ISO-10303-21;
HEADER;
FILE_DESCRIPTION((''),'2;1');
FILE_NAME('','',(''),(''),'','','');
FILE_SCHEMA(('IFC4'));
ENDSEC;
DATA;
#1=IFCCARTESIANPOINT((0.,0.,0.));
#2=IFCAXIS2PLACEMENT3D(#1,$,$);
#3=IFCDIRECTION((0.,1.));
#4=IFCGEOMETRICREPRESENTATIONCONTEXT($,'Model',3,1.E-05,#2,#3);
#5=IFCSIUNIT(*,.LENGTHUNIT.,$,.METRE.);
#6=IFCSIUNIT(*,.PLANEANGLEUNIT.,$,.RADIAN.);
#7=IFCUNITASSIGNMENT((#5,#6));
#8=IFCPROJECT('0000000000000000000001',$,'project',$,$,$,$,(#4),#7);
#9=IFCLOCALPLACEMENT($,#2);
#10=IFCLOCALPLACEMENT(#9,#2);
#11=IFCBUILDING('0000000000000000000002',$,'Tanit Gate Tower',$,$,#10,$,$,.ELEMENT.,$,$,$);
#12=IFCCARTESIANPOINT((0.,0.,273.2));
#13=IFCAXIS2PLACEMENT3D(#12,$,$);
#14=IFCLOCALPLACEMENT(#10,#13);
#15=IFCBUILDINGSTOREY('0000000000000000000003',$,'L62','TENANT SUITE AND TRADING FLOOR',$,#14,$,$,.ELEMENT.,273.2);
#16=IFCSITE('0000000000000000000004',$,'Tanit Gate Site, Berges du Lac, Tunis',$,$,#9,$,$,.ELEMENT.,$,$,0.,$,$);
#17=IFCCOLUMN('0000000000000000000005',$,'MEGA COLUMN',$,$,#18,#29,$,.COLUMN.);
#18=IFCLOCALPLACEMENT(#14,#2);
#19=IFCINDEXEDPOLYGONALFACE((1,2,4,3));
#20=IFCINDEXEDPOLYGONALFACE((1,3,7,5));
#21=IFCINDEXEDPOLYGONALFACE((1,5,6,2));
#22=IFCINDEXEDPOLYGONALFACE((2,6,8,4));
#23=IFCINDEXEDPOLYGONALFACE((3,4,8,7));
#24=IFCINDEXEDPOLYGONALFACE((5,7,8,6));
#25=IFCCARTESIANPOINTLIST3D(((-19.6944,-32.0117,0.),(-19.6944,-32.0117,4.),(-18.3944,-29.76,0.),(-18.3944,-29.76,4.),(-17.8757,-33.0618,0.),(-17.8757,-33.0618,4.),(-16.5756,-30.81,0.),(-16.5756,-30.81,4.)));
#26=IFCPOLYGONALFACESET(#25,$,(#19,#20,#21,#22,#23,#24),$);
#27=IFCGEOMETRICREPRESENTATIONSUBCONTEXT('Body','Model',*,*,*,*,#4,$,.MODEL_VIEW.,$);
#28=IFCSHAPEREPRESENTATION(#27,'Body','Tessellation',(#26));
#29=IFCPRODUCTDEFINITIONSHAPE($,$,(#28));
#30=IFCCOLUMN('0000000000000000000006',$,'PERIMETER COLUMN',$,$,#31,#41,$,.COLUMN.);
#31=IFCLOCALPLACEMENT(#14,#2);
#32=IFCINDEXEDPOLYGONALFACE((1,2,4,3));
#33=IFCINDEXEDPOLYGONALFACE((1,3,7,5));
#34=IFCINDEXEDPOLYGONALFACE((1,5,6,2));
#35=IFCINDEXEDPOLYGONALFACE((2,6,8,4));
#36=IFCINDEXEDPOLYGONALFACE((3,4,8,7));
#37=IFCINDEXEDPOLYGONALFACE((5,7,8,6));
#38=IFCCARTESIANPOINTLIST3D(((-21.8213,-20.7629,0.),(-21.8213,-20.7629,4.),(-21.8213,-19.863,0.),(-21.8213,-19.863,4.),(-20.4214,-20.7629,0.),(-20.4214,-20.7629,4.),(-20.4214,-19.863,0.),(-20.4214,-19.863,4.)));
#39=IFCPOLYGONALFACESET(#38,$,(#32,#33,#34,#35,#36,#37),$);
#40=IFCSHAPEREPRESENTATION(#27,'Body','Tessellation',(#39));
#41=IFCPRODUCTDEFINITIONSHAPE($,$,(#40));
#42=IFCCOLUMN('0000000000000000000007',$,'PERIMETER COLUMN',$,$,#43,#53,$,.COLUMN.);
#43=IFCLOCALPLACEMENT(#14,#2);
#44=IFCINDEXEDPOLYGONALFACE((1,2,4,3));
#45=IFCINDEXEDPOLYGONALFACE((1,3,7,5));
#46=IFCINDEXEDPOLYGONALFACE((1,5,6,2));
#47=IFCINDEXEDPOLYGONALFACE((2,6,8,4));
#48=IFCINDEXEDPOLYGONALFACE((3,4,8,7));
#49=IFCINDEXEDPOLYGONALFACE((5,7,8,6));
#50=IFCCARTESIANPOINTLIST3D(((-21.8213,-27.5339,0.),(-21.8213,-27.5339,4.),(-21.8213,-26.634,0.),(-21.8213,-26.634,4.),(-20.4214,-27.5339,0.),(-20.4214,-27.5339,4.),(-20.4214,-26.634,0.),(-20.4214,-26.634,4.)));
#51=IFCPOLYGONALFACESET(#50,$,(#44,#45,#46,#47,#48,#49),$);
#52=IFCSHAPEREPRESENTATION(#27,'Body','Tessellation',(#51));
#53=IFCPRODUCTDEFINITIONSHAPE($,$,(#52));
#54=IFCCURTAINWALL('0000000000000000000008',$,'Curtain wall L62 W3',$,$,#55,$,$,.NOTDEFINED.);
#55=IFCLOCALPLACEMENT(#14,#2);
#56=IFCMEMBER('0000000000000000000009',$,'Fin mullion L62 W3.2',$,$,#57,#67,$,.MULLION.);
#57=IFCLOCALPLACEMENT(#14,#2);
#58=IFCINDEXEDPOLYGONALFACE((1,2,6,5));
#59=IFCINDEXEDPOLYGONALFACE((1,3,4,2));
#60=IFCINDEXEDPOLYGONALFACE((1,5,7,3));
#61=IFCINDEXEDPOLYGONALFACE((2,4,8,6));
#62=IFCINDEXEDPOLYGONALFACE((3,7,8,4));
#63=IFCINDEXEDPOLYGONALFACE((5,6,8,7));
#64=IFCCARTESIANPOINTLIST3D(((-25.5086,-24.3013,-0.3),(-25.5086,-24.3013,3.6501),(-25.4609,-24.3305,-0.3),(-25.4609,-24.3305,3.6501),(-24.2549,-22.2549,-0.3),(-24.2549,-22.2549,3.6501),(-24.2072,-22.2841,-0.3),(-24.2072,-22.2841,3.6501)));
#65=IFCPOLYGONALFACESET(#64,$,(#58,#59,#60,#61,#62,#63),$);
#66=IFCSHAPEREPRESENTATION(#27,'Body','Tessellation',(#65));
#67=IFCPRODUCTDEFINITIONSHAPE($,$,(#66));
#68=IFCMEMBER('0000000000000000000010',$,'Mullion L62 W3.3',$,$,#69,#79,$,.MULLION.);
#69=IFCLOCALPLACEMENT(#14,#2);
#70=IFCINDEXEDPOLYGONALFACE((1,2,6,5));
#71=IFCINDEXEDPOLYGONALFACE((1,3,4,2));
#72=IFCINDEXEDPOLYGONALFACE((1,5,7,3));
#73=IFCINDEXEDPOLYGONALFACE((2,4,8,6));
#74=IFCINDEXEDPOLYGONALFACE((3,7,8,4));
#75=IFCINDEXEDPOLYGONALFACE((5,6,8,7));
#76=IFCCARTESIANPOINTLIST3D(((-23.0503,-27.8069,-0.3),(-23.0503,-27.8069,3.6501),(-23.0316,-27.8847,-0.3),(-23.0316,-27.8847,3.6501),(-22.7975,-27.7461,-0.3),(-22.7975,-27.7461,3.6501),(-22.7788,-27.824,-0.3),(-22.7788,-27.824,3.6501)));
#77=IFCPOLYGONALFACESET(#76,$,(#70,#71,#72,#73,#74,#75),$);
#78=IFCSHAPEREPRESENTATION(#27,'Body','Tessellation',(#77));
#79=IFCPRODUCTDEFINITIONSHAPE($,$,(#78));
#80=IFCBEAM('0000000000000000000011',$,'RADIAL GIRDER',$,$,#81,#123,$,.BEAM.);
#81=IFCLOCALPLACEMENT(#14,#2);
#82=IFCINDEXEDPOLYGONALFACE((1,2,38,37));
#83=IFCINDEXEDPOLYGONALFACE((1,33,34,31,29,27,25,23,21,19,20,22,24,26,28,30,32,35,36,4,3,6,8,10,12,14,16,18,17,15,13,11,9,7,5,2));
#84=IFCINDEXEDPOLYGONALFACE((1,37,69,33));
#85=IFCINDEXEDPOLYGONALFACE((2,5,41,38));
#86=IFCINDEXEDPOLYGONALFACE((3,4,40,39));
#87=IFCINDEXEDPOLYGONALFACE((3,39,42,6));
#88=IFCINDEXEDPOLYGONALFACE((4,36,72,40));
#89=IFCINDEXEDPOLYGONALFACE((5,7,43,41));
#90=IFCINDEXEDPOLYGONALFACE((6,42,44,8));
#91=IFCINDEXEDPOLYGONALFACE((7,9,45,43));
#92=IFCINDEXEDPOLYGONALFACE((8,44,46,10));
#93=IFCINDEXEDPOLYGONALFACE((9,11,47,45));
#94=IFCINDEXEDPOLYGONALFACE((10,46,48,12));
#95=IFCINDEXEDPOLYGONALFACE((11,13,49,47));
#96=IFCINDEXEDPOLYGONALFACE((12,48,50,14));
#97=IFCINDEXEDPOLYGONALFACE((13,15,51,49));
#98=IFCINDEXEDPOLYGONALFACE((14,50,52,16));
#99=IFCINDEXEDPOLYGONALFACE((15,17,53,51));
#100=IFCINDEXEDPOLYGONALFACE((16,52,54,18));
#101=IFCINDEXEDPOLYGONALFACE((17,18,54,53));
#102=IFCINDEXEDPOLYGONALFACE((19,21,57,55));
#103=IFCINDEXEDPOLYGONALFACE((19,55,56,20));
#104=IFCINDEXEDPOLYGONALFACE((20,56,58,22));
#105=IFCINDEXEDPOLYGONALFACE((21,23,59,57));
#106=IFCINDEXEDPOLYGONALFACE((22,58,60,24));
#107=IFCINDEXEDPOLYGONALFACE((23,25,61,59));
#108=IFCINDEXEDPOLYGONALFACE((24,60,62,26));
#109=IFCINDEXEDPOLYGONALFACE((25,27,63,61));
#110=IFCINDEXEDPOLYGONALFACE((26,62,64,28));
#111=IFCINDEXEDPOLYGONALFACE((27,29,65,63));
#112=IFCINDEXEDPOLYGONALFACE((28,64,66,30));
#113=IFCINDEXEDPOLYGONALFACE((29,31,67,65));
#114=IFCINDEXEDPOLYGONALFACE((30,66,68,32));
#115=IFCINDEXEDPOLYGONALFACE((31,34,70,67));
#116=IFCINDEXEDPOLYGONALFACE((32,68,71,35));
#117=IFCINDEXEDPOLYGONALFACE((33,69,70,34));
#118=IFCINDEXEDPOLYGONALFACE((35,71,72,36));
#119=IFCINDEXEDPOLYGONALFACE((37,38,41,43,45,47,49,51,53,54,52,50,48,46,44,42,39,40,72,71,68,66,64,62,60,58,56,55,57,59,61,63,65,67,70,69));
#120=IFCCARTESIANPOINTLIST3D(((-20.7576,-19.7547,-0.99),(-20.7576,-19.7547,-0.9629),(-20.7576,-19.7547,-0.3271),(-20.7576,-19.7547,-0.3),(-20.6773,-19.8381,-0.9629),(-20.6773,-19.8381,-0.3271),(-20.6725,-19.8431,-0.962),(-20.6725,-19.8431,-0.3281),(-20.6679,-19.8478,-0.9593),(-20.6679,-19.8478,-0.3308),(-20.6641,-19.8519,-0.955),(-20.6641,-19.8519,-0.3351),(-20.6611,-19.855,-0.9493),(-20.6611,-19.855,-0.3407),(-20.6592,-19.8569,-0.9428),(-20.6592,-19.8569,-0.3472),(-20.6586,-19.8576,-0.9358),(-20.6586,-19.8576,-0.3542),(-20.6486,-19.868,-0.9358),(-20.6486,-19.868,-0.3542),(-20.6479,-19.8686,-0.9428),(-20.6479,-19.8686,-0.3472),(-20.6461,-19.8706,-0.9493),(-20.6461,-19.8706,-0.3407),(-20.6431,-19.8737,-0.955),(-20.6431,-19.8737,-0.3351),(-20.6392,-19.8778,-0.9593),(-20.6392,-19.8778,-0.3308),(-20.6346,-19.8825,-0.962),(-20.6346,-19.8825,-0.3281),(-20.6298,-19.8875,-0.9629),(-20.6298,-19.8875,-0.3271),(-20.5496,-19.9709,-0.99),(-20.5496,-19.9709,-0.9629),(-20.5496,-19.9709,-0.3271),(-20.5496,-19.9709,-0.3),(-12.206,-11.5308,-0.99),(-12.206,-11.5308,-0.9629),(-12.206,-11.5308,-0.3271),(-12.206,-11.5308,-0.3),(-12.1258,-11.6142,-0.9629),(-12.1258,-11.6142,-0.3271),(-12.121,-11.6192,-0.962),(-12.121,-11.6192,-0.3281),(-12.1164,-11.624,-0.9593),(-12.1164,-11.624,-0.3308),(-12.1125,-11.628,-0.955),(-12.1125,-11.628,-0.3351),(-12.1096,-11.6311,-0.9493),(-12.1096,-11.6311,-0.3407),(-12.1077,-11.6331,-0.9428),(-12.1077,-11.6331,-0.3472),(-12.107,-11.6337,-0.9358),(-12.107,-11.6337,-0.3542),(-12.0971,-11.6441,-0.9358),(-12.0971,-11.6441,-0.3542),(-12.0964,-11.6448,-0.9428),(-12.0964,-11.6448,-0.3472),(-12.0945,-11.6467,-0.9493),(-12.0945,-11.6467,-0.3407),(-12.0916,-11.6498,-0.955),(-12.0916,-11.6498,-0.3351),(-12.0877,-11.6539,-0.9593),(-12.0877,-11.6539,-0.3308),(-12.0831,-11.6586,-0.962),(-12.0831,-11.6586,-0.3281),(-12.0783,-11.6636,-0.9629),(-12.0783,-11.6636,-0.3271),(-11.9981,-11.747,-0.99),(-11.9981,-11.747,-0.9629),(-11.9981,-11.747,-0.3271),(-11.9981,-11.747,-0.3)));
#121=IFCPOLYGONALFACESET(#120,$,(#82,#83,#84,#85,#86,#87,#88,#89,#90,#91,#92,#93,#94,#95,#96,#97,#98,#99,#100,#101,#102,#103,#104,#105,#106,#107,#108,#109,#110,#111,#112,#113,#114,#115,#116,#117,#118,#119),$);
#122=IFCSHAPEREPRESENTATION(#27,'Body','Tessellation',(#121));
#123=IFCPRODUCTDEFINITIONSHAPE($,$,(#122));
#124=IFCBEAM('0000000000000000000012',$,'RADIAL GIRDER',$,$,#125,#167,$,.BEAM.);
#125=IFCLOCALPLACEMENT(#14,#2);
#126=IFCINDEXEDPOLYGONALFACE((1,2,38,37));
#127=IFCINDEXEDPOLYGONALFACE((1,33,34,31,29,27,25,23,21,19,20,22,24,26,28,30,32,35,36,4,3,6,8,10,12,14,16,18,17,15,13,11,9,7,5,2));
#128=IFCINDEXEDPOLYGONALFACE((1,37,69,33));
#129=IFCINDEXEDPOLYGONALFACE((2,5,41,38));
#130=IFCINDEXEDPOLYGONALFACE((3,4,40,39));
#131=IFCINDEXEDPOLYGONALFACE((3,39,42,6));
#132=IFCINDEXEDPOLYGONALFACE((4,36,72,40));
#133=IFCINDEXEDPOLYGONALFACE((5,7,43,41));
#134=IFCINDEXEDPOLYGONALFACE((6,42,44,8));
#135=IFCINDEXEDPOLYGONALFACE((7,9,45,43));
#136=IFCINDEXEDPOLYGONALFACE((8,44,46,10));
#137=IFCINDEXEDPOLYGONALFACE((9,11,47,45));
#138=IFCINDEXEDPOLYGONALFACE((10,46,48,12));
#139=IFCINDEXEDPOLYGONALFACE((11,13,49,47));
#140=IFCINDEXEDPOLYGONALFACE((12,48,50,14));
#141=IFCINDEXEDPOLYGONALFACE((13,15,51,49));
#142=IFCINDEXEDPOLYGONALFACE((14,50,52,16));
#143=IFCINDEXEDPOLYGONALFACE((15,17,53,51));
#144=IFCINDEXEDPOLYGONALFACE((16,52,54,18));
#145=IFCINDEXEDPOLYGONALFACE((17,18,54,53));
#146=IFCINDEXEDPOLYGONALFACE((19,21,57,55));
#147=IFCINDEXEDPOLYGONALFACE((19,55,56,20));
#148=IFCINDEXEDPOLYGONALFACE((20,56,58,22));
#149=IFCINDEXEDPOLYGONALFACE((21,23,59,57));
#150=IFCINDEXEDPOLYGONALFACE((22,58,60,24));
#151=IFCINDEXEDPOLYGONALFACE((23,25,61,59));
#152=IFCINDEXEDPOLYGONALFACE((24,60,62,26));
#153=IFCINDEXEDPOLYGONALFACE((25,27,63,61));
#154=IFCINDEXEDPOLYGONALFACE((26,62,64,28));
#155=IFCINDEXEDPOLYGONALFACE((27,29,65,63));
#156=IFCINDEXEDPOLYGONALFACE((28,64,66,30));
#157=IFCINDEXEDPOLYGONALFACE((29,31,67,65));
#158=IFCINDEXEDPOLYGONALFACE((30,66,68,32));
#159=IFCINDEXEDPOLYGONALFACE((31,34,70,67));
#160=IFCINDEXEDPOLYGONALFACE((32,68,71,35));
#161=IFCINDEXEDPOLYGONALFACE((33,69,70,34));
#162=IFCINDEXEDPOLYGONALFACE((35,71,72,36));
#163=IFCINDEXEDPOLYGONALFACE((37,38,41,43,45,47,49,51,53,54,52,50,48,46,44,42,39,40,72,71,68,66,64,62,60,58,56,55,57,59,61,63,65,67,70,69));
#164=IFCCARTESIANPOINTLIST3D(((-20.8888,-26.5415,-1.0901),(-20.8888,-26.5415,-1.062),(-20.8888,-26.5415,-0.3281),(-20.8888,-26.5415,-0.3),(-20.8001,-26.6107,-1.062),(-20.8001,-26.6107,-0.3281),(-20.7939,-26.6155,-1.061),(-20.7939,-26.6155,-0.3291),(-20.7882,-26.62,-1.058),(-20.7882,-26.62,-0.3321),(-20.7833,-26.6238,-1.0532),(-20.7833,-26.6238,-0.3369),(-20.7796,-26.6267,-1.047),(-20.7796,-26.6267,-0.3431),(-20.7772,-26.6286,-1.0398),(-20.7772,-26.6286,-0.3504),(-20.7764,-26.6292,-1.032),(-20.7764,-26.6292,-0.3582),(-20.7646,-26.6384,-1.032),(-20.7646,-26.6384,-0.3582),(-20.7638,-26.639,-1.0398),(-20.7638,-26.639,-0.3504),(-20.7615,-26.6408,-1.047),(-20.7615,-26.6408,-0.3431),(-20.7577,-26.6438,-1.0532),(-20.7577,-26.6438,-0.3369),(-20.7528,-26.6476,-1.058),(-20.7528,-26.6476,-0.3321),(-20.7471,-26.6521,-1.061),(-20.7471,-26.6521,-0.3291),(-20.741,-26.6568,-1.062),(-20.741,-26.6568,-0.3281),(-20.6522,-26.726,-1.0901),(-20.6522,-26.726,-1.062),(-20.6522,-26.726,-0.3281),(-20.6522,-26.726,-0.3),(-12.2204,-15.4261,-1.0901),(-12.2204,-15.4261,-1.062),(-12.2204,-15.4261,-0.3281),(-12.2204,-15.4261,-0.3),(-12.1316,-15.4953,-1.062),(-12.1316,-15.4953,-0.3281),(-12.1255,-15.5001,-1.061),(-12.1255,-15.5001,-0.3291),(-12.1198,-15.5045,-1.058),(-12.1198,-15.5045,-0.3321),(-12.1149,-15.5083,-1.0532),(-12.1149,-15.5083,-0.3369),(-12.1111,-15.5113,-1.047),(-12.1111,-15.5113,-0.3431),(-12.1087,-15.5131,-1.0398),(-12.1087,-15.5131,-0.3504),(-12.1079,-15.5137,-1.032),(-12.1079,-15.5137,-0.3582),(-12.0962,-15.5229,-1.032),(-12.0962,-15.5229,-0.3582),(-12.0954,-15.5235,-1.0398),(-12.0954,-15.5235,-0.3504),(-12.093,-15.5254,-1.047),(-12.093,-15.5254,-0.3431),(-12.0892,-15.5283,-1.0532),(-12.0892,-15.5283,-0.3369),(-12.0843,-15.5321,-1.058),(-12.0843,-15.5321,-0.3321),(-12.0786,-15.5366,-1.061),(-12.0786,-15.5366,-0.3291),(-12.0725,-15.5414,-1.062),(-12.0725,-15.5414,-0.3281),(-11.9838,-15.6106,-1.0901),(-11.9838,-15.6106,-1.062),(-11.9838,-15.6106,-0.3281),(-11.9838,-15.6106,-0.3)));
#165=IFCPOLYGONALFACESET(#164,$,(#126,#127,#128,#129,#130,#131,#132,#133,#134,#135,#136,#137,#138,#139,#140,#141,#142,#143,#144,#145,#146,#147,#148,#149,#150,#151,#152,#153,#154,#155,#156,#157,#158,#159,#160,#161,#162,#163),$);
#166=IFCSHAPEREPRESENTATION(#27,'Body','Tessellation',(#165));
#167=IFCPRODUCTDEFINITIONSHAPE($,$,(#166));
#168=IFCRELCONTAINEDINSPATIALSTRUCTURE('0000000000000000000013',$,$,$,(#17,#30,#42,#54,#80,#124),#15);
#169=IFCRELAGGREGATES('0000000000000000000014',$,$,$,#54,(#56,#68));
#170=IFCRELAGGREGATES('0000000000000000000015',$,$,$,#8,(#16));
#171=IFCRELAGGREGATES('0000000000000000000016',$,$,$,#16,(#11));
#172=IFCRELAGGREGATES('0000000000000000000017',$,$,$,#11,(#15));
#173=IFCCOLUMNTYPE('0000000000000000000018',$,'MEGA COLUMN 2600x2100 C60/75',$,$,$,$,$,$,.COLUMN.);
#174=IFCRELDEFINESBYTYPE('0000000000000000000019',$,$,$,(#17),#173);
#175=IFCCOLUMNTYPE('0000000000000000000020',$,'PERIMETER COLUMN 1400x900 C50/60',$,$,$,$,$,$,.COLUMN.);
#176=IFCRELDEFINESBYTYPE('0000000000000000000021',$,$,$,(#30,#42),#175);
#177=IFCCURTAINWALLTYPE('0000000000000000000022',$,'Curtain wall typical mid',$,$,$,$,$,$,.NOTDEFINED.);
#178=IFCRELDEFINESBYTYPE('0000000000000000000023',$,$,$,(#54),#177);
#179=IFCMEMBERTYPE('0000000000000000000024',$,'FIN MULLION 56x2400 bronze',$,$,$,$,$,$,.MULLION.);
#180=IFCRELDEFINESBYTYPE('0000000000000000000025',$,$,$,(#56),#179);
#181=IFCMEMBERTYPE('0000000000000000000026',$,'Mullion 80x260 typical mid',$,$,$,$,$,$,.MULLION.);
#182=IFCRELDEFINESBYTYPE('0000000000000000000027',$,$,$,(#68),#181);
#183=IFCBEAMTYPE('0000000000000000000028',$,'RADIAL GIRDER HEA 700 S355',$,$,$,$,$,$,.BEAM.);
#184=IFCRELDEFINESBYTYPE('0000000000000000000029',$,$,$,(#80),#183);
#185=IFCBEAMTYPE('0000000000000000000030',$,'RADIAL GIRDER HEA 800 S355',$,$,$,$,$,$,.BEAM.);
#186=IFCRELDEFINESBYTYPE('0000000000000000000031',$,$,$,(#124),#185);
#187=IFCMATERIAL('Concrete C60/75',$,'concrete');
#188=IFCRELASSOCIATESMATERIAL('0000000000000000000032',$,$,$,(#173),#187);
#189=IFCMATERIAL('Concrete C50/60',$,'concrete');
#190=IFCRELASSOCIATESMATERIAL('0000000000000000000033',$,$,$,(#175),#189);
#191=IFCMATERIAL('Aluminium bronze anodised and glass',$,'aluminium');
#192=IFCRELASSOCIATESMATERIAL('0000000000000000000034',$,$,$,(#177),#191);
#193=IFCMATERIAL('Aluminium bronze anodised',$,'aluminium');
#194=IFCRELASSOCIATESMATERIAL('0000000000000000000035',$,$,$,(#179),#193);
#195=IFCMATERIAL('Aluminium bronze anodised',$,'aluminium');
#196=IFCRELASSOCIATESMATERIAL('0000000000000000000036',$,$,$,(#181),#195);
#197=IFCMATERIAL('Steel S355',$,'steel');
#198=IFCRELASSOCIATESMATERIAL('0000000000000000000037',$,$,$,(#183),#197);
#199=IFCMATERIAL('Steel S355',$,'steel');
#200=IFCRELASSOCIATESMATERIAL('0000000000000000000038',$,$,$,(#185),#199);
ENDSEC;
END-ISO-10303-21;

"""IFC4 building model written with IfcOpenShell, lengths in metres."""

from ifc_helpers import new_model, si_unit, direction, frame, origin, origin_2d, place, context, subcontext, project, spatial, rectangle, i_section, extrude, material, material_profile, profile_set, type_object, element, aggregate, save


model = new_model("IFC4")

# Units and contexts
model_context = context("Model", 3, precision=1e-05, world=origin(), true_north=direction((0.0, 1.0)))
body_context = subcontext(model_context, "Body", "Model", "MODEL_VIEW")
ifc_project = project(units=[si_unit("LENGTHUNIT", "METRE"), si_unit("PLANEANGLEUNIT", "RADIAN")], contexts=[model_context])

# Site, building, storey
site_placement = place(None, origin())
site = spatial("IfcSite", under=ifc_project, at=site_placement, Name="Tanit Gate Site, Berges du Lac, Tunis", CompositionType="ELEMENT", RefElevation=0.0)
building_placement = place(site_placement, origin())
building = spatial("IfcBuilding", under=site, at=building_placement, Name="Tanit Gate Tower", CompositionType="ELEMENT")
storey_placement = place(building_placement, frame((0.0, 0.0, 273.2)))
storey = spatial("IfcBuildingStorey", under=building, at=storey_placement, Name="L62", Description="TENANT SUITE AND TRADING FLOOR", CompositionType="ELEMENT", Elevation=273.2)

# Columns
ifc_material_1 = material(Name="Concrete C60/75", Category="concrete")
ifc_material_profile_1 = material_profile(ifc_material_1, rectangle(XDim=2.6001, YDim=2.1001, at=origin_2d()), Name="RC 2600x2100")
ifc_profile_set_1 = profile_set([ifc_material_profile_1], Name="Concrete C60/75")
column_type_1 = type_object("IfcColumnType", Name="MEGA COLUMN 2600x2100 C60/75", PredefinedType="COLUMN", material=ifc_profile_set_1)
column_placement = place(storey_placement, frame((-18.135, -31.4109, 0.0), z_axis=(0.0, 0.0, 1.0), x_axis=(-0.5, -0.866025, 0.0)))
element("IfcColumn", 1, at=column_placement, inside=storey, type_object=column_type_1, Name="MEGA COLUMN", PredefinedType="COLUMN", context=body_context, shape_type="SweptSolid", body=[
    extrude(rectangle(XDim=2.6001, YDim=2.1001, at=origin_2d()), origin(), (0.0, 0.0, 1.0), 4.0),
])
ifc_material_2 = material(Name="Concrete C50/60", Category="concrete")
ifc_material_profile_2 = material_profile(ifc_material_2, rectangle(XDim=1.3999, YDim=0.8999, at=origin_2d()), Name="RC 1400x900")
ifc_profile_set_2 = profile_set([ifc_material_profile_2], Name="Concrete C50/60")
column_type_2 = type_object("IfcColumnType", Name="PERIMETER COLUMN 1400x900 C50/60", PredefinedType="COLUMN", material=ifc_profile_set_2)
for number, where, z_axis, x_axis, name in (
    (2, (-21.1213, -20.313, 0.0), (0.0, 0.0, 1.0), (-1.0, 0.0, 0.0), "PERIMETER COLUMN"),
    (3, (-21.1213, -27.084, 0.0), (0.0, 0.0, 1.0), (-1.0, 0.0, 0.0), "PERIMETER COLUMN"),
):
    element("IfcColumn", number, at=place(storey_placement, frame(where, z_axis=z_axis, x_axis=x_axis)), inside=storey, type_object=column_type_2, Name=name, PredefinedType="COLUMN", context=body_context, shape_type="SweptSolid", body=[
        extrude(rectangle(XDim=1.3999, YDim=0.8999, at=origin_2d()), origin(), (0.0, 0.0, 1.0), 4.0),
    ])

# Curtain wall, members
ifc_material_3 = material(Name="Aluminium bronze anodised and glass", Category="aluminium")
curtain_wall_type = type_object("IfcCurtainWallType", Name="Curtain wall typical mid", PredefinedType="NOTDEFINED", material=ifc_material_3)
curtain_wall_placement = place(storey_placement, origin())
curtain_wall = element("IfcCurtainWall", 4, at=curtain_wall_placement, inside=storey, type_object=curtain_wall_type, Name="Curtain wall L62 W3", PredefinedType="NOTDEFINED")
ifc_material_4 = material(Name="Aluminium bronze anodised", Category="aluminium")
ifc_material_profile_3 = material_profile(ifc_material_4, rectangle(XDim=2.3999, YDim=0.0559, at=origin_2d()), Name="56x2400 bronze fin mullion")
ifc_profile_set_3 = profile_set([ifc_material_profile_3], Name="Aluminium bronze anodised")
member_type_1 = type_object("IfcMemberType", Name="FIN MULLION 56x2400 bronze", PredefinedType="MULLION", material=ifc_profile_set_3)
member_1_placement = place(storey_placement, frame((-24.8579, -23.2927, -0.3), z_axis=(0.0, 0.0, 1.0), x_axis=(0.522414, 0.852692, 0.0)))
member_1 = element("IfcMember", 5, at=member_1_placement, type_object=member_type_1, Name="Fin mullion L62 W3.2", PredefinedType="MULLION", context=body_context, shape_type="SweptSolid", body=[
    extrude(rectangle(XDim=2.3999, YDim=0.0559, at=origin_2d()), origin(), (0.0, 0.0, 1.0), 3.9502),
])
ifc_material_5 = material(Name="Aluminium bronze anodised", Category="aluminium")
ifc_material_profile_4 = material_profile(ifc_material_5, rectangle(XDim=0.26, YDim=0.0801, at=origin_2d()), Name="80x260 bronze mullion")
ifc_profile_set_4 = profile_set([ifc_material_profile_4], Name="Aluminium bronze anodised")
member_type_2 = type_object("IfcMemberType", Name="Mullion 80x260 typical mid", PredefinedType="MULLION", material=ifc_profile_set_4)
member_2_placement = place(storey_placement, frame((-22.9146, -27.8154, -0.3), z_axis=(0.0, 0.0, 1.0), x_axis=(0.972347, 0.233542, 0.0)))
member_2 = element("IfcMember", 6, at=member_2_placement, type_object=member_type_2, Name="Mullion L62 W3.3", PredefinedType="MULLION", context=body_context, shape_type="SweptSolid", body=[
    extrude(rectangle(XDim=0.26, YDim=0.0801, at=origin_2d()), origin(), (0.0, 0.0, 1.0), 3.9502),
])

# Beams
ifc_material_6 = material(Name="Steel S355", Category="steel")
ifc_material_profile_5 = material_profile(ifc_material_6, i_section(OverallWidth=0.3, OverallDepth=0.6899, WebThickness=0.0144, FlangeThickness=0.0271, FilletRadius=0.0271, at=origin_2d()), Name="HEA 700")
ifc_profile_set_5 = profile_set([ifc_material_profile_5], Name="Steel S355")
beam_type_1 = type_object("IfcBeamType", Name="RADIAL GIRDER HEA 700 S355", PredefinedType="BEAM", material=ifc_profile_set_5)
beam_1_placement = place(storey_placement, frame((-20.6536, -19.8628, -0.645), z_axis=(0.72078, 0.693164, 0.0), x_axis=(-0.693164, 0.72078, 0.0)))
element("IfcBeam", 7, at=beam_1_placement, inside=storey, type_object=beam_type_1, Name="RADIAL GIRDER", PredefinedType="BEAM", context=body_context, shape_type="SweptSolid", body=[
    extrude(i_section(OverallWidth=0.3, OverallDepth=0.6899, WebThickness=0.0144, FlangeThickness=0.0271, FilletRadius=0.0271, at=origin_2d()), origin(), (0.0, 0.0, 1.0), 11.8643),
])
ifc_material_7 = material(Name="Steel S355", Category="steel")
ifc_material_profile_6 = material_profile(ifc_material_7, i_section(OverallWidth=0.3, OverallDepth=0.79, WebThickness=0.0149, FlangeThickness=0.0281, FilletRadius=0.03, at=origin_2d()), Name="HEA 800")
ifc_profile_set_6 = profile_set([ifc_material_profile_6], Name="Steel S355")
beam_type_2 = type_object("IfcBeamType", Name="RADIAL GIRDER HEA 800 S355", PredefinedType="BEAM", material=ifc_profile_set_6)
beam_2_placement = place(storey_placement, frame((-20.7705, -26.6338, -0.6951), z_axis=(0.614961, 0.788558, 0.0), x_axis=(-0.788558, 0.614961, 0.0)))
element("IfcBeam", 8, at=beam_2_placement, inside=storey, type_object=beam_type_2, Name="RADIAL GIRDER", PredefinedType="BEAM", context=body_context, shape_type="SweptSolid", body=[
    extrude(i_section(OverallWidth=0.3, OverallDepth=0.79, WebThickness=0.0149, FlangeThickness=0.0281, FilletRadius=0.03, at=origin_2d()), origin(), (0.0, 0.0, 1.0), 14.0959),
])

aggregate(curtain_wall, [member_1, member_2])

save(model, "model.ifc")
